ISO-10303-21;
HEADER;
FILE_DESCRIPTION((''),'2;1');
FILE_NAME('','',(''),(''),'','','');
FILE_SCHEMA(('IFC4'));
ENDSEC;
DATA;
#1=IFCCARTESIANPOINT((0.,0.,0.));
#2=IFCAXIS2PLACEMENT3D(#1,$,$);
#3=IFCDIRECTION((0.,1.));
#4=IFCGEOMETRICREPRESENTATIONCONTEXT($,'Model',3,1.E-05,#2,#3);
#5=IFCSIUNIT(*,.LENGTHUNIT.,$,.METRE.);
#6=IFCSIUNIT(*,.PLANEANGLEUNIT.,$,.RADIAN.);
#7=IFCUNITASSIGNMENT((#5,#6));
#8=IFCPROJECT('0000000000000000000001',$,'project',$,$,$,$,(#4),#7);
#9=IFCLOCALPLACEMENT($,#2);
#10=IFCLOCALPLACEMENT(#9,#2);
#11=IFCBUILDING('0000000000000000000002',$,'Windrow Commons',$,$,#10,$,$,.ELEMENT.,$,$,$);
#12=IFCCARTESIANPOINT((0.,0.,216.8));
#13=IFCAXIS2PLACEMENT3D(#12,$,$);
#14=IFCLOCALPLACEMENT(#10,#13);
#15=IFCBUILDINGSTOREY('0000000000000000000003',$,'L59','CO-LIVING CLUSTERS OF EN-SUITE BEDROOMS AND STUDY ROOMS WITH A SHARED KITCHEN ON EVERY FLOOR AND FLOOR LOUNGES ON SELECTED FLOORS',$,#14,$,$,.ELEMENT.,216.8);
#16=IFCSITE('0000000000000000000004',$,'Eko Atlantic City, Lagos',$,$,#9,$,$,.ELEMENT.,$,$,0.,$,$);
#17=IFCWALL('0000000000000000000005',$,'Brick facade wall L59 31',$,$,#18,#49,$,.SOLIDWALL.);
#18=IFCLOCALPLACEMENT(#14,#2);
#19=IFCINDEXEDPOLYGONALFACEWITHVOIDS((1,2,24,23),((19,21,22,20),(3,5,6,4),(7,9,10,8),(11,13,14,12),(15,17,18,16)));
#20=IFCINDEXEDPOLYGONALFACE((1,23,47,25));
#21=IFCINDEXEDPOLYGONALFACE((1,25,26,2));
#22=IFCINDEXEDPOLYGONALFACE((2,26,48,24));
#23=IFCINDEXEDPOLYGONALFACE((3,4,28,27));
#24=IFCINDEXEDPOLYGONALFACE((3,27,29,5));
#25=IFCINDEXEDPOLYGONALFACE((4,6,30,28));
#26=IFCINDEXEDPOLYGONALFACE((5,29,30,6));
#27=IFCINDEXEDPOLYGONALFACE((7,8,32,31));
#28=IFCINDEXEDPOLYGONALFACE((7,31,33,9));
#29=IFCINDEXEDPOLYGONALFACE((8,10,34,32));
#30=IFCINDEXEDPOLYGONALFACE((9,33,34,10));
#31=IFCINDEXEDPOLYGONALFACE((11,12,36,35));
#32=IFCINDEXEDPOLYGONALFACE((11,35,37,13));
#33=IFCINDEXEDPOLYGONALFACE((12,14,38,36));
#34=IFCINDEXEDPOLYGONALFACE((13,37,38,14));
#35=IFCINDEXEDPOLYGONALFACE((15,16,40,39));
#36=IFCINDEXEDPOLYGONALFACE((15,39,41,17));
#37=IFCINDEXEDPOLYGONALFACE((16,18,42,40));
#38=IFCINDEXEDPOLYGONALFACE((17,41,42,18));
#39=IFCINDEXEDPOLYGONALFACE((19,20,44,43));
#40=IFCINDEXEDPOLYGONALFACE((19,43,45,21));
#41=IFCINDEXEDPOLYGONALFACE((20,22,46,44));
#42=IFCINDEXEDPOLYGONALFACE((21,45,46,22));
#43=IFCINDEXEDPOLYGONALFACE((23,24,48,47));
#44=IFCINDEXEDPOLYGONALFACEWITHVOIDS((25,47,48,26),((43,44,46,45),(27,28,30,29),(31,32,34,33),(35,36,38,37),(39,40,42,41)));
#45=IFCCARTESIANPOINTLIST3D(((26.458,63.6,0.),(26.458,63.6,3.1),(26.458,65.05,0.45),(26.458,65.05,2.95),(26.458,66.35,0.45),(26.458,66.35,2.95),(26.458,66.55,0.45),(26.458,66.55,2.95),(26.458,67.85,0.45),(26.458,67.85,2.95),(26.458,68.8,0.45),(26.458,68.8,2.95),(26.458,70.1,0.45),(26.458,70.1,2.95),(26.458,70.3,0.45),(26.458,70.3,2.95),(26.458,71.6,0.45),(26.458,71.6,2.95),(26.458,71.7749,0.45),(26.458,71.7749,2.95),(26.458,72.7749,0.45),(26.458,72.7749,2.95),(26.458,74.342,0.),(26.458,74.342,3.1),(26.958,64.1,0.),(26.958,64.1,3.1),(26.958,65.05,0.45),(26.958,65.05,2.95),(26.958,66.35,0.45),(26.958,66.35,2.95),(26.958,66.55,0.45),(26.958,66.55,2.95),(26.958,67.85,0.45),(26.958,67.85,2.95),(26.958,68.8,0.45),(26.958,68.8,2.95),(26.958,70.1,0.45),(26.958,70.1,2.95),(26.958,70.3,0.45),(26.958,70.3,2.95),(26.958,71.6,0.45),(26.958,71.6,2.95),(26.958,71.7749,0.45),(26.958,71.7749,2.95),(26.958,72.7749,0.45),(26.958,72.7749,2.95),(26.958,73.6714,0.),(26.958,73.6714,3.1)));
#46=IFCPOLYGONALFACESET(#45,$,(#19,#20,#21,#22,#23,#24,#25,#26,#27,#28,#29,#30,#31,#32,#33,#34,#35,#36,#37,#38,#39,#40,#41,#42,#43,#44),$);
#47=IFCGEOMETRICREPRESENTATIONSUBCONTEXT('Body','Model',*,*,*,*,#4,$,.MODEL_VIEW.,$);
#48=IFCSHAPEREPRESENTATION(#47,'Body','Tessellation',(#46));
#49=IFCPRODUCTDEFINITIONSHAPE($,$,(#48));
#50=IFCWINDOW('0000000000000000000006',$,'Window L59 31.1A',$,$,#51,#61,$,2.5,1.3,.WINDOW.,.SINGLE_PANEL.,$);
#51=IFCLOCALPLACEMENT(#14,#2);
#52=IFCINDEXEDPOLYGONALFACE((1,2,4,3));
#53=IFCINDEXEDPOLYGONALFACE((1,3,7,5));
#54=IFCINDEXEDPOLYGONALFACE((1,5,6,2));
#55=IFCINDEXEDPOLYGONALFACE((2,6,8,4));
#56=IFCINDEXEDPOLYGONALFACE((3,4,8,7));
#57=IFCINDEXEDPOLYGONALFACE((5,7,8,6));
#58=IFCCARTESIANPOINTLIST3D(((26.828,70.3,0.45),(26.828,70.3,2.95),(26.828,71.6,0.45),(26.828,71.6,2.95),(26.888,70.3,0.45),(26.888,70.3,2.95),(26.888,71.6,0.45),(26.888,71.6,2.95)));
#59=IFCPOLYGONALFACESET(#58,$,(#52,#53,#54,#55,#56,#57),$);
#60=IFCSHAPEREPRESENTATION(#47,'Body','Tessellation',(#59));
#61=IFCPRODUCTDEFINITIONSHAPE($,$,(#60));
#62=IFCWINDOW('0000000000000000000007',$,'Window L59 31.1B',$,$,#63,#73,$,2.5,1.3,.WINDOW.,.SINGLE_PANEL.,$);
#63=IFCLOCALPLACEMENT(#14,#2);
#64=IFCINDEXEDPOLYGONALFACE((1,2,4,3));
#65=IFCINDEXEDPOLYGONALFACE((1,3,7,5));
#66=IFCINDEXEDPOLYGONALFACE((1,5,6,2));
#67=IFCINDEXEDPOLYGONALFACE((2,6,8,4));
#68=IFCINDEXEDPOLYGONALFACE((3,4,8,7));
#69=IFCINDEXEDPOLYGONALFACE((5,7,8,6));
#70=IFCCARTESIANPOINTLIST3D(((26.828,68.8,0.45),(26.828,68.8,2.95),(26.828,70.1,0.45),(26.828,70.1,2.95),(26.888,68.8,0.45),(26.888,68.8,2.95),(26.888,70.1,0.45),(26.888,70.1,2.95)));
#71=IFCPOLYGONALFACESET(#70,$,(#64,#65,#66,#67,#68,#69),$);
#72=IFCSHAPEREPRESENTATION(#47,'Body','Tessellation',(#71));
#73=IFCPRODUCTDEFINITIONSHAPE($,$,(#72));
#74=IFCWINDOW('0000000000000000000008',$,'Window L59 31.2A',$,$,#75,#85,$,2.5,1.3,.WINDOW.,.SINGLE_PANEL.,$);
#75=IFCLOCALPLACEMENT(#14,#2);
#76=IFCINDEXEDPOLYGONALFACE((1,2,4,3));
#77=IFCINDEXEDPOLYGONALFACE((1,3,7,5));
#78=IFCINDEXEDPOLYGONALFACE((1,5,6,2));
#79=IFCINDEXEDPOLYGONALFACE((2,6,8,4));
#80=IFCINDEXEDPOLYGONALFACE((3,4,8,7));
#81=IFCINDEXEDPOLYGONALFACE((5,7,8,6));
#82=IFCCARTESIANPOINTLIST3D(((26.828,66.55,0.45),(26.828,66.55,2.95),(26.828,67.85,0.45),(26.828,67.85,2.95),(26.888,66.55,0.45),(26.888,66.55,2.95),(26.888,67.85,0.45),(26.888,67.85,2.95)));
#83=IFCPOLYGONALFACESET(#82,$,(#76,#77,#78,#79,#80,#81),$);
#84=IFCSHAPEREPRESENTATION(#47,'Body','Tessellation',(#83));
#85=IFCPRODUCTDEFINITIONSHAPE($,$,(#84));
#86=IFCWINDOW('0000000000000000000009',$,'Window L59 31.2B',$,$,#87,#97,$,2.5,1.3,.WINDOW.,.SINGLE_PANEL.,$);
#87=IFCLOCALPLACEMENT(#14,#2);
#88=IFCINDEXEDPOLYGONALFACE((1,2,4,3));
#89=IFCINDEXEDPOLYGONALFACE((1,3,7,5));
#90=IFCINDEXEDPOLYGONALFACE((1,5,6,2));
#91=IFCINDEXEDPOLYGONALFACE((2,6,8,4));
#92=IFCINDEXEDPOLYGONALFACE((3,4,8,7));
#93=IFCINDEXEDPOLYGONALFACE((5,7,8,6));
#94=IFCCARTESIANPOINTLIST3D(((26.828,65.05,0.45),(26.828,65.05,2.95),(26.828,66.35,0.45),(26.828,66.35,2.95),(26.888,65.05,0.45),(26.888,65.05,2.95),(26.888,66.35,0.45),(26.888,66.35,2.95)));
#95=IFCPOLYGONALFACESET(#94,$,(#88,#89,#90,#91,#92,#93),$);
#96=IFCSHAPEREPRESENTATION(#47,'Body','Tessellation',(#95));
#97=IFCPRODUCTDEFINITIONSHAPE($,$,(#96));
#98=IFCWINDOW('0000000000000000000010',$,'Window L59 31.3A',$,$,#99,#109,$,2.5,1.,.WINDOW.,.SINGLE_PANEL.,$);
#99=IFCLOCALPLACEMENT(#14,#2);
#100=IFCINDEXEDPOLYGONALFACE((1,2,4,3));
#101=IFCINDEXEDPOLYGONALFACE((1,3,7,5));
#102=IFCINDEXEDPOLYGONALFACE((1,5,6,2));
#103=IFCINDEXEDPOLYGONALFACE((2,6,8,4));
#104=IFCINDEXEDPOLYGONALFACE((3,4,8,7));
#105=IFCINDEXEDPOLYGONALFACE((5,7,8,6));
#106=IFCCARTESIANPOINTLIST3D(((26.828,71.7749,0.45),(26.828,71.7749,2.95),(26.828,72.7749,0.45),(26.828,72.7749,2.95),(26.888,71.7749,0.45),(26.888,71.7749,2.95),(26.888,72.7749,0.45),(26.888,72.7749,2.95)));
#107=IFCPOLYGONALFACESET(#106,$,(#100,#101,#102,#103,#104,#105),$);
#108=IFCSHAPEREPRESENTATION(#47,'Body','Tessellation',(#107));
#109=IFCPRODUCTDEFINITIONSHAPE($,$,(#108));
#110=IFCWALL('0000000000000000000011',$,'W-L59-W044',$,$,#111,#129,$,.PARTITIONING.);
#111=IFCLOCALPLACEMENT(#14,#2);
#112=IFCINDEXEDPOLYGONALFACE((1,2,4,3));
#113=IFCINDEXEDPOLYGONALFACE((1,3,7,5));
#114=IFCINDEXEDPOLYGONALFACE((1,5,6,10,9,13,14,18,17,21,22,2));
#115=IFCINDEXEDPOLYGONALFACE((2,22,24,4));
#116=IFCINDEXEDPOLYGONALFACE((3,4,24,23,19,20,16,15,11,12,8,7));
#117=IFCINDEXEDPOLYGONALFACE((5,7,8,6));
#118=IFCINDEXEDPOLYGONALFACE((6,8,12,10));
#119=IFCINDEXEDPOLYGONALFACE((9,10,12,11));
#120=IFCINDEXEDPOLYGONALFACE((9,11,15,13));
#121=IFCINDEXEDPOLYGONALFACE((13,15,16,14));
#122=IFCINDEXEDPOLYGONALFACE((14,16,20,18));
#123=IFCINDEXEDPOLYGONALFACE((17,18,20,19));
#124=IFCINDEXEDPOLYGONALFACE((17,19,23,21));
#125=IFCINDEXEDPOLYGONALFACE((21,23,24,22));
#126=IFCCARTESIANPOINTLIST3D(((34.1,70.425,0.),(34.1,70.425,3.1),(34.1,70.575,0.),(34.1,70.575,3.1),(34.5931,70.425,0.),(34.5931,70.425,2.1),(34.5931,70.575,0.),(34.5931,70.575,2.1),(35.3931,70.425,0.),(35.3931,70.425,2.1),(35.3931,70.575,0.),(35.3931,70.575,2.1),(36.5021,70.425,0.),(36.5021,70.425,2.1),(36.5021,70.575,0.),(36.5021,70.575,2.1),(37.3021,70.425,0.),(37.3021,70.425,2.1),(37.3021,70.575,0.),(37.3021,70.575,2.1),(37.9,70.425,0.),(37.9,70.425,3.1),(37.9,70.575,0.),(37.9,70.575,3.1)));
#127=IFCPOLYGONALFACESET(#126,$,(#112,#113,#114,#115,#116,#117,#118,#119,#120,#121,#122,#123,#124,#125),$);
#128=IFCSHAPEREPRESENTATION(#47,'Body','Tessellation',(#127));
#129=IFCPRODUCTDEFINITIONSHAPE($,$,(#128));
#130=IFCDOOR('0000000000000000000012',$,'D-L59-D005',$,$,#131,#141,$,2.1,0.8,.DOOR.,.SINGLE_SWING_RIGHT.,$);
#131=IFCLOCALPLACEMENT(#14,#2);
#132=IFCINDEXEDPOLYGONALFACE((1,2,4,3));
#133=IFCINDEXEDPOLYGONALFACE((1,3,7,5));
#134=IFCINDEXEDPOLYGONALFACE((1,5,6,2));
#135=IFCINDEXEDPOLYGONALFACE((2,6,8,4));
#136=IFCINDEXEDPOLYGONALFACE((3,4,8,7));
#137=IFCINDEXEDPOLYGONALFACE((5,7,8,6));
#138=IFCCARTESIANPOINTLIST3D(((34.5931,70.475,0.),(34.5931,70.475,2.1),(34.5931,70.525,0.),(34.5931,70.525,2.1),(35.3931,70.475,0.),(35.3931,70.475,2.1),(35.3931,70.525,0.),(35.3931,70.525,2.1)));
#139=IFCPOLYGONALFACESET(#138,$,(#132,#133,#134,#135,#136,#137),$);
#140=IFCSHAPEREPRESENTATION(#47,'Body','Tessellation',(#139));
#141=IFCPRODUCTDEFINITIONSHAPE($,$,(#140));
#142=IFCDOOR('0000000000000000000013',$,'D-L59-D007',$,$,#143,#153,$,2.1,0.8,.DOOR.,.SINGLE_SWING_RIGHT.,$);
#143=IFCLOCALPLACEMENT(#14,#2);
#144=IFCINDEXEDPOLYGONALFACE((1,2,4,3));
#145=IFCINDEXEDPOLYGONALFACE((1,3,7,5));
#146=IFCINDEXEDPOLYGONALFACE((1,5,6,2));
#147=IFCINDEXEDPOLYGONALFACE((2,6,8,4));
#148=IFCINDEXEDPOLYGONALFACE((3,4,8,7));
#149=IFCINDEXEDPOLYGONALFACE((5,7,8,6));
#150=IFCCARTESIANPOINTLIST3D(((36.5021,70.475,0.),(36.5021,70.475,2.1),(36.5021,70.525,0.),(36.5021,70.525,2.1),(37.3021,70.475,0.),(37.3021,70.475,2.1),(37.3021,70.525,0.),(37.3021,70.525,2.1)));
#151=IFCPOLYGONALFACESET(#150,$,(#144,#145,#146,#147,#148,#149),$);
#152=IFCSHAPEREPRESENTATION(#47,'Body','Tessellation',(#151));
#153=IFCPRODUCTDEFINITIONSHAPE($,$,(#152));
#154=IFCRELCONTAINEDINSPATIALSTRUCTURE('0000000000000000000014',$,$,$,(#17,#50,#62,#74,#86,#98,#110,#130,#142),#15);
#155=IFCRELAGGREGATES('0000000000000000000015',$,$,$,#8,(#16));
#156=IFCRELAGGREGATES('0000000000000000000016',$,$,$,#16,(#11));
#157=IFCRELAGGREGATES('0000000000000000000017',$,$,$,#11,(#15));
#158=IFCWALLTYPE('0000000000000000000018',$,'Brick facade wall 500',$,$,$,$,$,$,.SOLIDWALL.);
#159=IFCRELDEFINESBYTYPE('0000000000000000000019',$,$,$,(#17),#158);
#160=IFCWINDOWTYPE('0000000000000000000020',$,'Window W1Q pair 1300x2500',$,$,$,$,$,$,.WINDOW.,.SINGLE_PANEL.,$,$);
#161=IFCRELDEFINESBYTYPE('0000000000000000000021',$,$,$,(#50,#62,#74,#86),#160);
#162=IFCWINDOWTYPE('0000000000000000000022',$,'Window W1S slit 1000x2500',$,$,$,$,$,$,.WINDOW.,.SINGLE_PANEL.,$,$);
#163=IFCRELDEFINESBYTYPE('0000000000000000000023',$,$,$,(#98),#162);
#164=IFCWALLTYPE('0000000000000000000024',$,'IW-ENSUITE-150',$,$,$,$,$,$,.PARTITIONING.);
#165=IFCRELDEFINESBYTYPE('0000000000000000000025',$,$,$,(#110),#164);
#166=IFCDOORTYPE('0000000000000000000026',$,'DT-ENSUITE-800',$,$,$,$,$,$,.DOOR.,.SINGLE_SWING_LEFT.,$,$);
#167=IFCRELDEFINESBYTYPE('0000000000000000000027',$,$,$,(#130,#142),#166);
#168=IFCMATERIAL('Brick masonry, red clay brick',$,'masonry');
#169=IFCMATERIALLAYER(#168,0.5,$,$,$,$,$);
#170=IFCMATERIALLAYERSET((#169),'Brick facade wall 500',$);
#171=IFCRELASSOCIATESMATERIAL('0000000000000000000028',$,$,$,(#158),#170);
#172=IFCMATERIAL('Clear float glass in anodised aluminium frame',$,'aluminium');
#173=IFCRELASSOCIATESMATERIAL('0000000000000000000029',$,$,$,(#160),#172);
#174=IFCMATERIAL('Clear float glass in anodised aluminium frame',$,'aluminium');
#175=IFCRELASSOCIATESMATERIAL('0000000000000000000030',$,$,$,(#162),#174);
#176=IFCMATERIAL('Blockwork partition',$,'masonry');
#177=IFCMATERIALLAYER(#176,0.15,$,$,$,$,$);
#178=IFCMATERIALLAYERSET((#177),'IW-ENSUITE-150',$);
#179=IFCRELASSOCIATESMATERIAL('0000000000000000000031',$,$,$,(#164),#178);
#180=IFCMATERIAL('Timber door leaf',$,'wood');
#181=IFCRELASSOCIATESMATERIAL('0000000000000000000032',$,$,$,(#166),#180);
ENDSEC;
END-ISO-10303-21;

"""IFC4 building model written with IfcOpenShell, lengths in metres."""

from ifc_helpers import new_model, si_unit, direction, frame, frame_2d, origin, place, context, subcontext, project, spatial, polyline, rectangle, outline, extrude, material, layer, layer_set, type_object, element, fill, save


model = new_model("IFC4")

# Units and contexts
model_context = context("Model", 3, precision=1e-05, world=origin(), true_north=direction((0.0, 1.0)))
body_context = subcontext(model_context, "Body", "Model", "MODEL_VIEW")
ifc_project = project(units=[si_unit("LENGTHUNIT", "METRE"), si_unit("PLANEANGLEUNIT", "RADIAN")], contexts=[model_context])

# Site, building, storey
site_placement = place(None, origin())
site = spatial("IfcSite", under=ifc_project, at=site_placement, Name="Eko Atlantic City, Lagos", CompositionType="ELEMENT", RefElevation=0.0)
building_placement = place(site_placement, origin())
building = spatial("IfcBuilding", under=site, at=building_placement, Name="Windrow Commons", CompositionType="ELEMENT")
storey_placement = place(building_placement, frame((0.0, 0.0, 216.8)))
storey = spatial("IfcBuildingStorey", under=building, at=storey_placement, Name="L59", Description="CO-LIVING CLUSTERS OF EN-SUITE BEDROOMS AND STUDY ROOMS WITH A SHARED KITCHEN ON EVERY FLOOR AND FLOOR LOUNGES ON SELECTED FLOORS", CompositionType="ELEMENT", Elevation=216.8)

# Shared definitions
ifc_material_1 = material(Name="Brick masonry, red clay brick", Category="masonry")
ifc_layer_1 = layer(ifc_material_1, 0.5)
ifc_layer_set_1 = layer_set([ifc_layer_1], Name="Brick facade wall 500")
wall_type_1 = type_object("IfcWallType", Name="Brick facade wall 500", PredefinedType="SOLIDWALL", material=ifc_layer_set_1)

# Wall, openings, windows
wall_1_placement = place(storey_placement, frame((26.708, 74.0067, 0.0), z_axis=(0.0, 0.0, 1.0), x_axis=(0.0, -1.0, 0.0)))
wall_1 = element("IfcWall", 1, at=wall_1_placement, inside=storey, type_object=wall_type_1, Name="Brick facade wall L59 31", PredefinedType="SOLIDWALL", context=body_context, shape_type="SweptSolid", body=[
    extrude(outline(polyline([(-0.3353, -0.25), (10.4067, -0.25), (9.9067, 0.25), (0.3353, 0.25), (-0.3353, -0.25)])), origin(), (0.0, 0.0, 1.0), 3.1),
])
opening_1_placement = place(wall_1_placement, frame((2.4067, 0.0, 0.45)))
opening_1 = element("IfcOpeningElement", 2, at=opening_1_placement, cuts=wall_1, PredefinedType="OPENING", context=body_context, shape_type="SweptSolid", body=[
    extrude(rectangle(XDim=1.3, YDim=2.5, at=frame_2d((0.65, 1.25))), frame((0.0, 0.26, 0.0), z_axis=(0.0, -1.0, 0.0), x_axis=(1.0, 0.0, 0.0)), (0.0, 0.0, 1.0), 0.52),
])
opening_2_placement = place(wall_1_placement, frame((3.9067, 0.0, 0.45)))
opening_2 = element("IfcOpeningElement", 3, at=opening_2_placement, cuts=wall_1, PredefinedType="OPENING", context=body_context, shape_type="SweptSolid", body=[
    extrude(rectangle(XDim=1.3, YDim=2.5, at=frame_2d((0.65, 1.25))), frame((0.0, 0.26, 0.0), z_axis=(0.0, -1.0, 0.0), x_axis=(1.0, 0.0, 0.0)), (0.0, 0.0, 1.0), 0.52),
])
opening_3_placement = place(wall_1_placement, frame((6.1567, 0.0, 0.45)))
opening_3 = element("IfcOpeningElement", 4, at=opening_3_placement, cuts=wall_1, PredefinedType="OPENING", context=body_context, shape_type="SweptSolid", body=[
    extrude(rectangle(XDim=1.3, YDim=2.5, at=frame_2d((0.65, 1.25))), frame((0.0, 0.26, 0.0), z_axis=(0.0, -1.0, 0.0), x_axis=(1.0, 0.0, 0.0)), (0.0, 0.0, 1.0), 0.52),
])
opening_4_placement = place(wall_1_placement, frame((7.6567, 0.0, 0.45)))
opening_4 = element("IfcOpeningElement", 5, at=opening_4_placement, cuts=wall_1, PredefinedType="OPENING", context=body_context, shape_type="SweptSolid", body=[
    extrude(rectangle(XDim=1.3, YDim=2.5, at=frame_2d((0.65, 1.25))), frame((0.0, 0.26, 0.0), z_axis=(0.0, -1.0, 0.0), x_axis=(1.0, 0.0, 0.0)), (0.0, 0.0, 1.0), 0.52),
])
opening_5_placement = place(wall_1_placement, frame((1.2318, 0.0, 0.45)))
opening_5 = element("IfcOpeningElement", 6, at=opening_5_placement, cuts=wall_1, PredefinedType="OPENING", context=body_context, shape_type="SweptSolid", body=[
    extrude(rectangle(XDim=1.0, YDim=2.5, at=frame_2d((0.5, 1.25))), frame((0.0, 0.26, 0.0), z_axis=(0.0, -1.0, 0.0), x_axis=(1.0, 0.0, 0.0)), (0.0, 0.0, 1.0), 0.52),
])
ifc_material_2 = material(Name="Clear float glass in anodised aluminium frame", Category="aluminium")
window_type_1 = type_object("IfcWindowType", Name="Window W1Q pair 1300x2500", PartitioningType="SINGLE_PANEL", PredefinedType="WINDOW", material=ifc_material_2)
window_1_placement = place(opening_1_placement, origin())
window_1 = element("IfcWindow", 7, at=window_1_placement, inside=storey, type_object=window_type_1, Name="Window L59 31.1A", OverallHeight=2.5, OverallWidth=1.3, PartitioningType="SINGLE_PANEL", PredefinedType="WINDOW", context=body_context, shape_type="SweptSolid", body=[
    extrude(rectangle(XDim=1.3, YDim=2.5, at=frame_2d((0.65, 1.25))), frame((0.0, 0.18, 0.0), z_axis=(0.0, -1.0, 0.0), x_axis=(1.0, 0.0, 0.0)), (0.0, 0.0, 1.0), 0.06),
])
fill(opening_1, window_1)
window_2_placement = place(opening_2_placement, origin())
window_2 = element("IfcWindow", 8, at=window_2_placement, inside=storey, type_object=window_type_1, Name="Window L59 31.1B", OverallHeight=2.5, OverallWidth=1.3, PartitioningType="SINGLE_PANEL", PredefinedType="WINDOW", context=body_context, shape_type="SweptSolid", body=[
    extrude(rectangle(XDim=1.3, YDim=2.5, at=frame_2d((0.65, 1.25))), frame((0.0, 0.18, 0.0), z_axis=(0.0, -1.0, 0.0), x_axis=(1.0, 0.0, 0.0)), (0.0, 0.0, 1.0), 0.06),
])
fill(opening_2, window_2)
window_3_placement = place(opening_3_placement, origin())
window_3 = element("IfcWindow", 9, at=window_3_placement, inside=storey, type_object=window_type_1, Name="Window L59 31.2A", OverallHeight=2.5, OverallWidth=1.3, PartitioningType="SINGLE_PANEL", PredefinedType="WINDOW", context=body_context, shape_type="SweptSolid", body=[
    extrude(rectangle(XDim=1.3, YDim=2.5, at=frame_2d((0.65, 1.25))), frame((0.0, 0.18, 0.0), z_axis=(0.0, -1.0, 0.0), x_axis=(1.0, 0.0, 0.0)), (0.0, 0.0, 1.0), 0.06),
])
fill(opening_3, window_3)
window_4_placement = place(opening_4_placement, origin())
window_4 = element("IfcWindow", 10, at=window_4_placement, inside=storey, type_object=window_type_1, Name="Window L59 31.2B", OverallHeight=2.5, OverallWidth=1.3, PartitioningType="SINGLE_PANEL", PredefinedType="WINDOW", context=body_context, shape_type="SweptSolid", body=[
    extrude(rectangle(XDim=1.3, YDim=2.5, at=frame_2d((0.65, 1.25))), frame((0.0, 0.18, 0.0), z_axis=(0.0, -1.0, 0.0), x_axis=(1.0, 0.0, 0.0)), (0.0, 0.0, 1.0), 0.06),
])
fill(opening_4, window_4)
ifc_material_3 = material(Name="Clear float glass in anodised aluminium frame", Category="aluminium")
window_type_2 = type_object("IfcWindowType", Name="Window W1S slit 1000x2500", PartitioningType="SINGLE_PANEL", PredefinedType="WINDOW", material=ifc_material_3)
window_5_placement = place(opening_5_placement, origin())
window_5 = element("IfcWindow", 11, at=window_5_placement, inside=storey, type_object=window_type_2, Name="Window L59 31.3A", OverallHeight=2.5, OverallWidth=1.0, PartitioningType="SINGLE_PANEL", PredefinedType="WINDOW", context=body_context, shape_type="SweptSolid", body=[
    extrude(rectangle(XDim=1.0, YDim=2.5, at=frame_2d((0.5, 1.25))), frame((0.0, 0.18, 0.0), z_axis=(0.0, -1.0, 0.0), x_axis=(1.0, 0.0, 0.0)), (0.0, 0.0, 1.0), 0.06),
])
fill(opening_5, window_5)

# Wall, openings, doors
ifc_material_4 = material(Name="Blockwork partition", Category="masonry")
ifc_layer_2 = layer(ifc_material_4, 0.15)
ifc_layer_set_2 = layer_set([ifc_layer_2], Name="IW-ENSUITE-150")
wall_type_2 = type_object("IfcWallType", Name="IW-ENSUITE-150", PredefinedType="PARTITIONING", material=ifc_layer_set_2)
wall_2_placement = place(storey_placement, frame((34.1, 70.5, 0.0), z_axis=(0.0, 0.0, 1.0), x_axis=(1.0, 0.0, 0.0)))
wall_2 = element("IfcWall", 12, at=wall_2_placement, inside=storey, type_object=wall_type_2, Name="W-L59-W044", PredefinedType="PARTITIONING", context=body_context, shape_type="SweptSolid", body=[
    extrude(rectangle(XDim=3.8, YDim=0.15, at=frame_2d((1.9, 0.0))), origin(), (0.0, 0.0, 1.0), 3.1),
])
opening_6_placement = place(wall_2_placement, frame((0.4931, 0.0, 0.0)))
opening_6 = element("IfcOpeningElement", 13, at=opening_6_placement, cuts=wall_2, PredefinedType="OPENING", context=body_context, shape_type="SweptSolid", body=[
    extrude(rectangle(XDim=0.8, YDim=2.1, at=frame_2d((0.4, 1.05))), frame((0.0, 0.085, 0.0), z_axis=(0.0, -1.0, 0.0), x_axis=(1.0, 0.0, 0.0)), (0.0, 0.0, 1.0), 0.17),
])
opening_7_placement = place(wall_2_placement, frame((2.4021, 0.0, 0.0)))
opening_7 = element("IfcOpeningElement", 14, at=opening_7_placement, cuts=wall_2, PredefinedType="OPENING", context=body_context, shape_type="SweptSolid", body=[
    extrude(rectangle(XDim=0.8, YDim=2.1, at=frame_2d((0.4, 1.05))), frame((0.0, 0.085, 0.0), z_axis=(0.0, -1.0, 0.0), x_axis=(1.0, 0.0, 0.0)), (0.0, 0.0, 1.0), 0.17),
])
ifc_material_5 = material(Name="Timber door leaf", Category="wood")
door_type = type_object("IfcDoorType", Name="DT-ENSUITE-800", OperationType="SINGLE_SWING_LEFT", PredefinedType="DOOR", material=ifc_material_5)
door_1_placement = place(opening_6_placement, origin())
door_1 = element("IfcDoor", 15, at=door_1_placement, inside=storey, type_object=door_type, Name="D-L59-D005", OperationType="SINGLE_SWING_RIGHT", OverallHeight=2.1, OverallWidth=0.8, PredefinedType="DOOR", context=body_context, shape_type="SweptSolid", body=[
    extrude(rectangle(XDim=0.8, YDim=2.1, at=frame_2d((0.4, 1.05))), frame((0.0, 0.025, 0.0), z_axis=(0.0, -1.0, 0.0), x_axis=(1.0, 0.0, 0.0)), (0.0, 0.0, 1.0), 0.05),
])
fill(opening_6, door_1)
door_2_placement = place(opening_7_placement, origin())
door_2 = element("IfcDoor", 16, at=door_2_placement, inside=storey, type_object=door_type, Name="D-L59-D007", OperationType="SINGLE_SWING_RIGHT", OverallHeight=2.1, OverallWidth=0.8, PredefinedType="DOOR", context=body_context, shape_type="SweptSolid", body=[
    extrude(rectangle(XDim=0.8, YDim=2.1, at=frame_2d((0.4, 1.05))), frame((0.0, 0.025, 0.0), z_axis=(0.0, -1.0, 0.0), x_axis=(1.0, 0.0, 0.0)), (0.0, 0.0, 1.0), 0.05),
])
fill(opening_7, door_2)

save(model, "model.ifc")
